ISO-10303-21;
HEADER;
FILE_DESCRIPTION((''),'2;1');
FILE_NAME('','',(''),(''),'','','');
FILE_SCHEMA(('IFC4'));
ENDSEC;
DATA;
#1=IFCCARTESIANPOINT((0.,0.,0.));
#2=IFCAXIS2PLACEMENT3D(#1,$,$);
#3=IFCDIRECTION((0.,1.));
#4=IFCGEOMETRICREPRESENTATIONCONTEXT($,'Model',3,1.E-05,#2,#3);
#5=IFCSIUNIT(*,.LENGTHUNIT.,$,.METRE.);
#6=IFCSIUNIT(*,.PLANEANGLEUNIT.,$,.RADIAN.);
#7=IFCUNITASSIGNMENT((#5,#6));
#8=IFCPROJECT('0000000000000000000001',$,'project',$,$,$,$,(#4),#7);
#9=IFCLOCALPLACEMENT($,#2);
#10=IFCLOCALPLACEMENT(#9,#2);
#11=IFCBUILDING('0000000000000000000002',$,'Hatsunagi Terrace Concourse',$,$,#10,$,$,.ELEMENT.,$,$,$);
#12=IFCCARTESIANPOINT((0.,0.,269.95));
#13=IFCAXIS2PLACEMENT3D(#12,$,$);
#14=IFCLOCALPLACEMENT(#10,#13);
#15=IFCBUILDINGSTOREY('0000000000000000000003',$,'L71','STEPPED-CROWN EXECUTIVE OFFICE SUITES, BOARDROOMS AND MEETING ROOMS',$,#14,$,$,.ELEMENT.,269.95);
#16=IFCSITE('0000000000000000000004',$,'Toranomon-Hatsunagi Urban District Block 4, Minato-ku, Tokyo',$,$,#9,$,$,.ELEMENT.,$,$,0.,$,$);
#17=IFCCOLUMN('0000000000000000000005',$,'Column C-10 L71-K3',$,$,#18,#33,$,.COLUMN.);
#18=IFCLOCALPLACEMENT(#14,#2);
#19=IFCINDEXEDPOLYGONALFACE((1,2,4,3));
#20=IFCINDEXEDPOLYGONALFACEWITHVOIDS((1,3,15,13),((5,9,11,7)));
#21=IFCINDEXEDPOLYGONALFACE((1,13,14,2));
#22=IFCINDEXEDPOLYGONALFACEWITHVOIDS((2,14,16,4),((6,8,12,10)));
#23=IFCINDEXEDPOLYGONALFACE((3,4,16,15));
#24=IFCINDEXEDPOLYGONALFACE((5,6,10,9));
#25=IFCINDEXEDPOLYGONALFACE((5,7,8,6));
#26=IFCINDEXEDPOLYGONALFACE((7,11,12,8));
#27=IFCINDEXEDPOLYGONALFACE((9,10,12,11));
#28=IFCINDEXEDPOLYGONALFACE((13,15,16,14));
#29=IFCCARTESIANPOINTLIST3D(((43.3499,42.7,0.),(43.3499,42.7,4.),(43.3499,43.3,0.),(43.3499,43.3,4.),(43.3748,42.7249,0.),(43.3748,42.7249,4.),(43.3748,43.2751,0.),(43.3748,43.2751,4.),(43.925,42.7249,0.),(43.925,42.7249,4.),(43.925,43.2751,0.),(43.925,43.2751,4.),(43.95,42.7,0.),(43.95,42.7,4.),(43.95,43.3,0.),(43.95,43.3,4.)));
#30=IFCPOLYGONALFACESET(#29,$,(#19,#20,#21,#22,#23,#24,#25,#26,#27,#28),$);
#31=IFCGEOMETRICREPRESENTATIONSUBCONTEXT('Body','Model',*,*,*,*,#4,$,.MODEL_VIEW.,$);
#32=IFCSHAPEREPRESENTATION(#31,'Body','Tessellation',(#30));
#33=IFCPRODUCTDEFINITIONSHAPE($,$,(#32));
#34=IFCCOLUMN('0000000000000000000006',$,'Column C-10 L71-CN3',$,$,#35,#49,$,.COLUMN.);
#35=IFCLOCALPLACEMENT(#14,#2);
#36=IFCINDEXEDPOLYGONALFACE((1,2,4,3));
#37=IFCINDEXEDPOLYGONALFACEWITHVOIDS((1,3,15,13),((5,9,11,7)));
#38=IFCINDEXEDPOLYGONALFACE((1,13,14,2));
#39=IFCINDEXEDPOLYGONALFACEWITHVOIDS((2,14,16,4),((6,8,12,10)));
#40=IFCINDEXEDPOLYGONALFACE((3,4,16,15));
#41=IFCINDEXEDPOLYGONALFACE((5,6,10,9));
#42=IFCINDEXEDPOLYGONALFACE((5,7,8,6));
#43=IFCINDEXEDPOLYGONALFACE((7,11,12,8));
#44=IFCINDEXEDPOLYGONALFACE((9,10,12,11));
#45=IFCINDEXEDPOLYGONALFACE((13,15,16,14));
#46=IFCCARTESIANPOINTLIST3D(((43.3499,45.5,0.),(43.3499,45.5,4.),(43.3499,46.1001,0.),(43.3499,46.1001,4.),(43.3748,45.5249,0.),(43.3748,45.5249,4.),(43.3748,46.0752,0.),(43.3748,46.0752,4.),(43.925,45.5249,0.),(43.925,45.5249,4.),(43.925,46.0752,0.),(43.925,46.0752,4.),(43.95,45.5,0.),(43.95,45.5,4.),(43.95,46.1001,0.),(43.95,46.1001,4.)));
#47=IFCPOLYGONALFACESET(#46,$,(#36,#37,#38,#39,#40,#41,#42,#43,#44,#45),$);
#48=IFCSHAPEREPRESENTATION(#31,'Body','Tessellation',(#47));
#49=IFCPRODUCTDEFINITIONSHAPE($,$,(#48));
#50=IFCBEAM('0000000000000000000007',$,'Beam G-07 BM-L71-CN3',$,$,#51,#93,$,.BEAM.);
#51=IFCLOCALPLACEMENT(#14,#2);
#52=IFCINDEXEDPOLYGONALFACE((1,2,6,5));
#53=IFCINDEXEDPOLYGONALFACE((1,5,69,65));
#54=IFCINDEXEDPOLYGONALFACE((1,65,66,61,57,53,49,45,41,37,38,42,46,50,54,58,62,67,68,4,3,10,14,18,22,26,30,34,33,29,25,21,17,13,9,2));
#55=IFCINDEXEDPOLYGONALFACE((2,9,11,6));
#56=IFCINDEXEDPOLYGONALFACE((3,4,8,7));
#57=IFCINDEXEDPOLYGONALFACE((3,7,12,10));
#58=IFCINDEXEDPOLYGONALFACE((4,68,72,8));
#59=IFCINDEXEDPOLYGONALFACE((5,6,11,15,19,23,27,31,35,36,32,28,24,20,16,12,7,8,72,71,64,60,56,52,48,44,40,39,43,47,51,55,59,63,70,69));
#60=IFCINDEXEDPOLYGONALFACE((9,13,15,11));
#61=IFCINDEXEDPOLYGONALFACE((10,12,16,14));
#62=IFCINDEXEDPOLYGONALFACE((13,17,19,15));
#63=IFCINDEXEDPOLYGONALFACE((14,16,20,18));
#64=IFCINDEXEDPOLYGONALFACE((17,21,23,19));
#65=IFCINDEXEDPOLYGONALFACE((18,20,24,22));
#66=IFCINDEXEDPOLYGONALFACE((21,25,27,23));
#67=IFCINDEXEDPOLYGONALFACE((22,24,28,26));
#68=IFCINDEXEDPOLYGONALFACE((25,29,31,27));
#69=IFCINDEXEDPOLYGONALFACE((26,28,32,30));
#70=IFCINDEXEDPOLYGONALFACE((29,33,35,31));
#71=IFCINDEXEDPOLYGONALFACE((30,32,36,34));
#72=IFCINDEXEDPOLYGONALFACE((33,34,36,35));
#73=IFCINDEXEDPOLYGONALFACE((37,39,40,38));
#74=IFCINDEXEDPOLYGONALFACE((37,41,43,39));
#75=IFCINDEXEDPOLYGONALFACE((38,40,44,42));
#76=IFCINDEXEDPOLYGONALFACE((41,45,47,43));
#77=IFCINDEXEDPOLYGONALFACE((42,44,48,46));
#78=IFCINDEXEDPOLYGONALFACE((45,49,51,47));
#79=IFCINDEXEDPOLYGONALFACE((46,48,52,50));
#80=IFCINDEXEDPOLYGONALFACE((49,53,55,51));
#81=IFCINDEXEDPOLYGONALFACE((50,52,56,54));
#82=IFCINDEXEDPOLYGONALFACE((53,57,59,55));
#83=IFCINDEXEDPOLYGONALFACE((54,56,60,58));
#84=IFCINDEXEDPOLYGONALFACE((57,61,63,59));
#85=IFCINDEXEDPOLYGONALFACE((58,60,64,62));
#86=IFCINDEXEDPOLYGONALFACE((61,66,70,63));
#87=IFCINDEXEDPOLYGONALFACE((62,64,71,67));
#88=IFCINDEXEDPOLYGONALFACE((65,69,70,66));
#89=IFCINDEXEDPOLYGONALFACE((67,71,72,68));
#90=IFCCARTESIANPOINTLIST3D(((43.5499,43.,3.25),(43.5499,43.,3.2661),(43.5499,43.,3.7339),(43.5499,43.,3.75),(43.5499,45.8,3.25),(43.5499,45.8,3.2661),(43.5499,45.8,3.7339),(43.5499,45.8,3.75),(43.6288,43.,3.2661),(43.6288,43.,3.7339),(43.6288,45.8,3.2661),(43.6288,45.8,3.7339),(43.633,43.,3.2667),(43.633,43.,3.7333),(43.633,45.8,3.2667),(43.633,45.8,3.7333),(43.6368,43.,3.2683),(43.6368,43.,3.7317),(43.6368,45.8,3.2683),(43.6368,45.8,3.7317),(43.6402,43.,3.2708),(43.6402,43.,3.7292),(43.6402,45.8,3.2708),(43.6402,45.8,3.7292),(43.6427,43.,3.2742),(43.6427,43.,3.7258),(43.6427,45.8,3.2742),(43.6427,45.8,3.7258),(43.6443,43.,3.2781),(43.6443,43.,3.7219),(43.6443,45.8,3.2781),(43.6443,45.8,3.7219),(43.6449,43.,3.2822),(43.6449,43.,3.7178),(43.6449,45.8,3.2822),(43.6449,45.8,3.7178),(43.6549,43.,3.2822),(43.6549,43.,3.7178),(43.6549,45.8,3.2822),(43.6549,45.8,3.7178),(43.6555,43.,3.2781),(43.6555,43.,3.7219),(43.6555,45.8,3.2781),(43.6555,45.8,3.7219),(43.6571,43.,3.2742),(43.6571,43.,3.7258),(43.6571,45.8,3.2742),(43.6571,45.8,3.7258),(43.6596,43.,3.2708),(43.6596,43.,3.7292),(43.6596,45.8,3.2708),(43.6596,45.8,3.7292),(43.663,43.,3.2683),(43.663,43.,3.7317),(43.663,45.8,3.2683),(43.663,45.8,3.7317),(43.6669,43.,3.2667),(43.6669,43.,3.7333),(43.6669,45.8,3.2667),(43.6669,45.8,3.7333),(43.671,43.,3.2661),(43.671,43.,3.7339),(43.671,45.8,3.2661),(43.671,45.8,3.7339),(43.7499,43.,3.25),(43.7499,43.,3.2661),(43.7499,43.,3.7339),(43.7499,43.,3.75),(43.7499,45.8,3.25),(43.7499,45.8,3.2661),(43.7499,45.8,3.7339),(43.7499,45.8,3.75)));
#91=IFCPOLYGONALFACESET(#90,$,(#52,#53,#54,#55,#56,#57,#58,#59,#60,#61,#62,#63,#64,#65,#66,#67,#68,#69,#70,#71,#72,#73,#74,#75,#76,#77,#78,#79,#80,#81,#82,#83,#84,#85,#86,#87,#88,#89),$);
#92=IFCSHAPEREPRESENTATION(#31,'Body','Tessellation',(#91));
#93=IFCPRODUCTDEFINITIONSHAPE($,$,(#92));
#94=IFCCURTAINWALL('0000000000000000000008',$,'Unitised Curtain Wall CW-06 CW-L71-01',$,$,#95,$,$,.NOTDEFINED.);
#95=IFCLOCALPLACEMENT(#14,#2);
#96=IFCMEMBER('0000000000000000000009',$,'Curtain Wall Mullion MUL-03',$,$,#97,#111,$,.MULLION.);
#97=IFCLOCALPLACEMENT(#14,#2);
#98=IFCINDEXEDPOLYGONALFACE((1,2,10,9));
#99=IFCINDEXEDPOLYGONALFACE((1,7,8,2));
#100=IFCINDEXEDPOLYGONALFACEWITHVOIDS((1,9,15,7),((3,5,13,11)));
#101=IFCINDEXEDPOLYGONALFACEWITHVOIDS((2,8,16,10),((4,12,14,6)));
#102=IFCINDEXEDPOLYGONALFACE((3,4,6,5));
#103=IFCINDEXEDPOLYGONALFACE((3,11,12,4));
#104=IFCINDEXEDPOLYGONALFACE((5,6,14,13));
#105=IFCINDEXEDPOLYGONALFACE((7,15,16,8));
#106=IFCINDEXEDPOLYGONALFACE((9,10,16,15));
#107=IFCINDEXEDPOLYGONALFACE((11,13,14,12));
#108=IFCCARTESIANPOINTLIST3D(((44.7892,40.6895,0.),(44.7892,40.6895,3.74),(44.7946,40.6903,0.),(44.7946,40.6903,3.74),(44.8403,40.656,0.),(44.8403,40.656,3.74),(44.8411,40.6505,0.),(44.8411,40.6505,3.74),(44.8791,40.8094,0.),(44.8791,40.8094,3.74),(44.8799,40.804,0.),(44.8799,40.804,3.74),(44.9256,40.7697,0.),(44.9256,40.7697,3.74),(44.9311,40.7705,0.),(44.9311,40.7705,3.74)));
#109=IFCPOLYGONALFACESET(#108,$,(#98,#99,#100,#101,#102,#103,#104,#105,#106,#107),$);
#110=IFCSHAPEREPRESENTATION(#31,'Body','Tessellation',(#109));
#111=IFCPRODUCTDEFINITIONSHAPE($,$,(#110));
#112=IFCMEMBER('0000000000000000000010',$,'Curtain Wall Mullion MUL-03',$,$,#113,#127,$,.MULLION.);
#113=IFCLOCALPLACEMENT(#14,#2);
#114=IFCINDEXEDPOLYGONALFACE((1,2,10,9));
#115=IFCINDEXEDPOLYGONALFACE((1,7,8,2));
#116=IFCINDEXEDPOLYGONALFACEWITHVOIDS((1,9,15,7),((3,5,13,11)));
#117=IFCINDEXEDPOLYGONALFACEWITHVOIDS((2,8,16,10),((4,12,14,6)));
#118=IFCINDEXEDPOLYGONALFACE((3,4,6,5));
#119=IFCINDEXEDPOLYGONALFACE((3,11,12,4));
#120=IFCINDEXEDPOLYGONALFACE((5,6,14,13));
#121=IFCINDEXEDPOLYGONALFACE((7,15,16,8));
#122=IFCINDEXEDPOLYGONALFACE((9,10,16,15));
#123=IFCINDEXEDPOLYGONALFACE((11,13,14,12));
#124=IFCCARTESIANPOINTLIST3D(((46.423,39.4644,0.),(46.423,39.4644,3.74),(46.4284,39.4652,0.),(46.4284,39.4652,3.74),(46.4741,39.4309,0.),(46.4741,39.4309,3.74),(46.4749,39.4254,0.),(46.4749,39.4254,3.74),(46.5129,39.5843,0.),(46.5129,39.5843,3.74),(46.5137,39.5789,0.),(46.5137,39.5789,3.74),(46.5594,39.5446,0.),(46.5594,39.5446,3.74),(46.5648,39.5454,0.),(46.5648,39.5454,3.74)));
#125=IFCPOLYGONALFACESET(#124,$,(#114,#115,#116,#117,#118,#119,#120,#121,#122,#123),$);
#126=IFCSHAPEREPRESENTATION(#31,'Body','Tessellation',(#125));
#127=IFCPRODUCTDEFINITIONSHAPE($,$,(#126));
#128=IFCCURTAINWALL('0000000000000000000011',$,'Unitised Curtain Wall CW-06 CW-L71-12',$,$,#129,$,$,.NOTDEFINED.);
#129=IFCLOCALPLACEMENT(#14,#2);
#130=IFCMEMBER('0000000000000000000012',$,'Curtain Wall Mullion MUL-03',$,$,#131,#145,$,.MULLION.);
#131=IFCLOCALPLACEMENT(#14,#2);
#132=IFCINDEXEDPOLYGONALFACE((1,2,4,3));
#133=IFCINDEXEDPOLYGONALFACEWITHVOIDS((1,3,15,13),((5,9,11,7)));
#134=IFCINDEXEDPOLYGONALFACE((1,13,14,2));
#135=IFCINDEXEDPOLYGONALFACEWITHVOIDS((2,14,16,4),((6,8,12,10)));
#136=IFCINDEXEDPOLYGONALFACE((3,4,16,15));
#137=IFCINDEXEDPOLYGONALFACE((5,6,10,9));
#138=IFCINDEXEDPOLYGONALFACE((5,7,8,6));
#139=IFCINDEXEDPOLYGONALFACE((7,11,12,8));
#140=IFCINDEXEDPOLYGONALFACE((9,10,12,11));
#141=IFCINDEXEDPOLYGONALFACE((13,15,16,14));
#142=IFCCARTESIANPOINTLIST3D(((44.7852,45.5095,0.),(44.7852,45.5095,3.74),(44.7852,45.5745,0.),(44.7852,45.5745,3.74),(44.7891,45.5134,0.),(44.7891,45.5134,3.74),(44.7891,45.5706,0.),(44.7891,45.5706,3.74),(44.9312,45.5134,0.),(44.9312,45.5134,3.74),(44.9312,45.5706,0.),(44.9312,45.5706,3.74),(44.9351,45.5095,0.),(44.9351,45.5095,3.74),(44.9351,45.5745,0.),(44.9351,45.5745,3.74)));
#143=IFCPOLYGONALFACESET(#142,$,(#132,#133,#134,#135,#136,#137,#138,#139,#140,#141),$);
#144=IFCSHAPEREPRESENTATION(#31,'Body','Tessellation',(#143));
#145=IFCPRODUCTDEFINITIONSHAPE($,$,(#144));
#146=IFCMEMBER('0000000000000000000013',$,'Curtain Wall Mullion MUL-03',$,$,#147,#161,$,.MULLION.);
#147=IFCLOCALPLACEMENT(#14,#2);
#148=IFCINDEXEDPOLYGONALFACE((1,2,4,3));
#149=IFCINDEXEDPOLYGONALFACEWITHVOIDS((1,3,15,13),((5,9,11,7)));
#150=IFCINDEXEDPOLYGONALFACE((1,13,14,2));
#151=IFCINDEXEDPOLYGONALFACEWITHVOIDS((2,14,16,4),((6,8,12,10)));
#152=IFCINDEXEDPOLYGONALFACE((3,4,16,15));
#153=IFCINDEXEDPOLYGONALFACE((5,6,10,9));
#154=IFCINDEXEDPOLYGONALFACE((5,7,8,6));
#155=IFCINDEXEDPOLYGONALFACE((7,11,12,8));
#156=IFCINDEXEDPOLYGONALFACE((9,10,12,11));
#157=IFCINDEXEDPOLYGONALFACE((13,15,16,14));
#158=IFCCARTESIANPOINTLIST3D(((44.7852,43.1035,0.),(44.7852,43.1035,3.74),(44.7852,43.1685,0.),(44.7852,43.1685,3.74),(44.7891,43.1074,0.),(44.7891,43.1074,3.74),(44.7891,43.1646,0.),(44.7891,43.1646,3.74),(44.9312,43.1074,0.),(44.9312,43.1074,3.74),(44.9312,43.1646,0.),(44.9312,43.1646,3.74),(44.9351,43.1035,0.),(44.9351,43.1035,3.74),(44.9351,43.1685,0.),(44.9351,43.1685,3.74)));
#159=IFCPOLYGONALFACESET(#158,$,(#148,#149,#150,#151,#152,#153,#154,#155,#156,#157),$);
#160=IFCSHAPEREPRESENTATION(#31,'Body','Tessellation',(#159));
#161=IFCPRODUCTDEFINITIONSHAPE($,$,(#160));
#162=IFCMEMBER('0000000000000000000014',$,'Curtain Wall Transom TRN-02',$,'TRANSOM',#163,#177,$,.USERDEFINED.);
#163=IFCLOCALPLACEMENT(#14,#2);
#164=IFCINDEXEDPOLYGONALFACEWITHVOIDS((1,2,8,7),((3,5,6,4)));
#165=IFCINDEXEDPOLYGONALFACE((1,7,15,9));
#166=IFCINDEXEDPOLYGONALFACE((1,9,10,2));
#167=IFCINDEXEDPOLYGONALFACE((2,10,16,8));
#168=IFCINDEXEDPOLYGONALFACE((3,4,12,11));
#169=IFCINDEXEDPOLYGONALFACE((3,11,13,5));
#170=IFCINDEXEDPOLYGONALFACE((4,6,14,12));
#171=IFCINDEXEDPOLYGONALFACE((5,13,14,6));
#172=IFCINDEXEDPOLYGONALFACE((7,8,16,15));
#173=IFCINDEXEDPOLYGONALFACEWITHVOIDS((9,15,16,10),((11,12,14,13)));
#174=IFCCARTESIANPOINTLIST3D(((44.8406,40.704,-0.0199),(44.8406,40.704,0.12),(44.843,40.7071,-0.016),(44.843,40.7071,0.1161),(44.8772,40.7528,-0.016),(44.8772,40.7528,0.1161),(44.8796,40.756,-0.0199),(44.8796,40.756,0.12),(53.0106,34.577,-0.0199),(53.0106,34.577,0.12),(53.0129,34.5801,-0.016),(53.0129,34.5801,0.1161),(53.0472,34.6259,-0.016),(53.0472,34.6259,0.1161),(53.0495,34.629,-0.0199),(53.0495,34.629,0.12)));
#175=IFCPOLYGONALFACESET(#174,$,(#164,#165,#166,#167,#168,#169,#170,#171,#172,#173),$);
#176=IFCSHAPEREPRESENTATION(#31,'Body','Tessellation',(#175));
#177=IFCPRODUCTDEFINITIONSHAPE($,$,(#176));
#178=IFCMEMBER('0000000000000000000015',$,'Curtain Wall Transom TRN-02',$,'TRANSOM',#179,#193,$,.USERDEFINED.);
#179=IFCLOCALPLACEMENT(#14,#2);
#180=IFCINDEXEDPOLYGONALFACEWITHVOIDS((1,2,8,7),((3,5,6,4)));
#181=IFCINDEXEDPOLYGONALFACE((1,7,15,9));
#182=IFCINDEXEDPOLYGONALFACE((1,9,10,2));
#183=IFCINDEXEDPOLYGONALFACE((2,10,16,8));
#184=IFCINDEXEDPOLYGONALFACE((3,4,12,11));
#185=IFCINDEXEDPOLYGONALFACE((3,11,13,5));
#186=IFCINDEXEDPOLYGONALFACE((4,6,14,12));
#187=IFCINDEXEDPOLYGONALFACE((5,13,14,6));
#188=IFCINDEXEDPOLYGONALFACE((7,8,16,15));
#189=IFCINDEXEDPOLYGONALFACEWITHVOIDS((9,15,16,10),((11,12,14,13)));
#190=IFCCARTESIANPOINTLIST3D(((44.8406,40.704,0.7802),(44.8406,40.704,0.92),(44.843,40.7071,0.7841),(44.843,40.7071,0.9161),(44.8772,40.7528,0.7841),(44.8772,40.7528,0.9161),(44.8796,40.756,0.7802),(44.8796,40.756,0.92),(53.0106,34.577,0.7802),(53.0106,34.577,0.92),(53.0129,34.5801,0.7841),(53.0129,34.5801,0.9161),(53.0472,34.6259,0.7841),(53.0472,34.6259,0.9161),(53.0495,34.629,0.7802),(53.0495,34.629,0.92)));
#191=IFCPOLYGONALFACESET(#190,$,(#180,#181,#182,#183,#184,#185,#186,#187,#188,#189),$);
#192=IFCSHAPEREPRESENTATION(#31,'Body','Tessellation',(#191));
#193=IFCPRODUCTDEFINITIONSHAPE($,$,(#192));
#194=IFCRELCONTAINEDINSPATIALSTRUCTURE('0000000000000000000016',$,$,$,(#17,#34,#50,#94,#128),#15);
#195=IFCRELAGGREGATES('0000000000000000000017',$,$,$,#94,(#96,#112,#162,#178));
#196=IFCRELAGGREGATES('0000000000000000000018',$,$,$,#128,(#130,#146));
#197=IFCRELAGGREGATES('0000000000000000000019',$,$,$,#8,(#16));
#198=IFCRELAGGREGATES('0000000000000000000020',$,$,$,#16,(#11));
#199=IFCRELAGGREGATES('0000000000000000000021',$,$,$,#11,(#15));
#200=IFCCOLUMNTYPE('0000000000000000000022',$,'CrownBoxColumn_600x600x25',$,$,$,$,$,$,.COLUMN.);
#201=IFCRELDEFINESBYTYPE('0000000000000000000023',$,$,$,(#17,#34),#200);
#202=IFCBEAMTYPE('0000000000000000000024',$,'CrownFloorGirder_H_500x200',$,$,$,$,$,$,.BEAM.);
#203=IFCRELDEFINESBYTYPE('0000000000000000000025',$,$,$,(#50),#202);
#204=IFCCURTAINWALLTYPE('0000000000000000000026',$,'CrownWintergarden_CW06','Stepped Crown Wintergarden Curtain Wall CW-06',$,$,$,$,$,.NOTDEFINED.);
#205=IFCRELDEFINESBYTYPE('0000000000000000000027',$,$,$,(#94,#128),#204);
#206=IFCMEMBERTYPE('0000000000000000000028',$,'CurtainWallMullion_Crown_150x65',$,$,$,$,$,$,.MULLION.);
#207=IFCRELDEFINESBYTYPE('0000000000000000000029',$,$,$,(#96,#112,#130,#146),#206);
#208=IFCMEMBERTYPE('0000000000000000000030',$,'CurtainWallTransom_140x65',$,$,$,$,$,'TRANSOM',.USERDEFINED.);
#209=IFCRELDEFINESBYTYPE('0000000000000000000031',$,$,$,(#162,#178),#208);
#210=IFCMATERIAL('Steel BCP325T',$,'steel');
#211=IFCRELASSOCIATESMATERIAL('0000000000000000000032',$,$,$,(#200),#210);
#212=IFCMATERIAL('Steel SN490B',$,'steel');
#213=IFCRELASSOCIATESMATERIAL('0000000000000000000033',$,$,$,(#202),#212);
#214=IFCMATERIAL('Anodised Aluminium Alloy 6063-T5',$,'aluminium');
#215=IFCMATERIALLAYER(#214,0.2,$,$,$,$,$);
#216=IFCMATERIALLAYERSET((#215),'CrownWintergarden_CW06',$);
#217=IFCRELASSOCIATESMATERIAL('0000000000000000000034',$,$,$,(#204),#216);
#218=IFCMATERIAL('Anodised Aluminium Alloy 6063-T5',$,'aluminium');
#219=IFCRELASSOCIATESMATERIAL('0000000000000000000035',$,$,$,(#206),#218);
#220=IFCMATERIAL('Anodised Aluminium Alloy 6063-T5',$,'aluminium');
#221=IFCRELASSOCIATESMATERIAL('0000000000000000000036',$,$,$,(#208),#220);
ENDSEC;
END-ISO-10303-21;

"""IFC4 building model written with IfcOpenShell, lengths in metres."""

from ifc_helpers import new_model, si_unit, direction, frame, origin, origin_2d, place, context, subcontext, project, spatial, hollow_rectangle, i_section, extrude, material, layer, layer_set, material_profile, profile_set, type_object, element, aggregate, save


model = new_model("IFC4")

# Units and contexts
model_context = context("Model", 3, precision=1e-05, world=origin(), true_north=direction((0.0, 1.0)))
body_context = subcontext(model_context, "Body", "Model", "MODEL_VIEW")
ifc_project = project(units=[si_unit("LENGTHUNIT", "METRE"), si_unit("PLANEANGLEUNIT", "RADIAN")], contexts=[model_context])

# Site, building, storey
site_placement = place(None, origin())
site = spatial("IfcSite", under=ifc_project, at=site_placement, Name="Toranomon-Hatsunagi Urban District Block 4, Minato-ku, Tokyo", CompositionType="ELEMENT", RefElevation=0.0)
building_placement = place(site_placement, origin())
building = spatial("IfcBuilding", under=site, at=building_placement, Name="Hatsunagi Terrace Concourse", CompositionType="ELEMENT")
storey_placement = place(building_placement, frame((0.0, 0.0, 269.95)))
storey = spatial("IfcBuildingStorey", under=building, at=storey_placement, Name="L71", Description="STEPPED-CROWN EXECUTIVE OFFICE SUITES, BOARDROOMS AND MEETING ROOMS", CompositionType="ELEMENT", Elevation=269.95)

# Columns
ifc_material_1 = material(Name="Steel BCP325T", Category="steel")
ifc_material_profile_1 = material_profile(ifc_material_1, hollow_rectangle(XDim=0.6001, YDim=0.6001, WallThickness=0.0249, at=origin_2d()), Name="BCP-600x600x25")
ifc_profile_set_1 = profile_set([ifc_material_profile_1], Name="Steel BCP325T")
column_type = type_object("IfcColumnType", Name="CrownBoxColumn_600x600x25", PredefinedType="COLUMN", material=ifc_profile_set_1)
for number, where, z_axis, x_axis, name in (
    (1, (43.6499, 43.0, 0.0), (0.0, 0.0, 1.0), (1.0, 0.0, 0.0), "Column C-10 L71-K3"),
    (2, (43.6499, 45.8, 0.0), (0.0, 0.0, 1.0), (1.0, 0.0, 0.0), "Column C-10 L71-CN3"),
):
    element("IfcColumn", number, at=place(storey_placement, frame(where, z_axis=z_axis, x_axis=x_axis)), inside=storey, type_object=column_type, Name=name, PredefinedType="COLUMN", context=body_context, shape_type="SweptSolid", body=[
        extrude(hollow_rectangle(XDim=0.6001, YDim=0.6001, WallThickness=0.0249, at=origin_2d()), origin(), (0.0, 0.0, 1.0), 4.0),
    ])

# Beam
ifc_material_2 = material(Name="Steel SN490B", Category="steel")
ifc_material_profile_2 = material_profile(ifc_material_2, i_section(OverallWidth=0.2, OverallDepth=0.5, WebThickness=0.01, FlangeThickness=0.0161, FilletRadius=0.0161, at=origin_2d()), Name="H-500x200x10x16")
ifc_profile_set_2 = profile_set([ifc_material_profile_2], Name="Steel SN490B")
beam_type = type_object("IfcBeamType", Name="CrownFloorGirder_H_500x200", PredefinedType="BEAM", material=ifc_profile_set_2)
beam_placement = place(storey_placement, frame((43.6499, 43.0, 3.5), z_axis=(0.0, 1.0, 0.0), x_axis=(-1.0, 0.0, 0.0)))
element("IfcBeam", 3, at=beam_placement, inside=storey, type_object=beam_type, Name="Beam G-07 BM-L71-CN3", PredefinedType="BEAM", context=body_context, shape_type="SweptSolid", body=[
    extrude(i_section(OverallWidth=0.2, OverallDepth=0.5, WebThickness=0.01, FlangeThickness=0.0161, FilletRadius=0.0161, at=origin_2d()), origin(), (0.0, 0.0, 1.0), 2.8),
])

# Curtain walls, members
ifc_material_3 = material(Name="Anodised Aluminium Alloy 6063-T5", Category="aluminium")
ifc_layer_1 = layer(ifc_material_3, 0.2)
ifc_layer_set_1 = layer_set([ifc_layer_1], Name="CrownWintergarden_CW06")
curtain_wall_type = type_object("IfcCurtainWallType", Name="CrownWintergarden_CW06", Description="Stepped Crown Wintergarden Curtain Wall CW-06", PredefinedType="NOTDEFINED", material=ifc_layer_set_1)
curtain_wall_1_placement = place(storey_placement, origin())
curtain_wall_1 = element("IfcCurtainWall", 4, at=curtain_wall_1_placement, inside=storey, type_object=curtain_wall_type, Name="Unitised Curtain Wall CW-06 CW-L71-01", PredefinedType="NOTDEFINED")
ifc_material_4 = material(Name="Anodised Aluminium Alloy 6063-T5", Category="aluminium")
ifc_material_profile_3 = material_profile(ifc_material_4, hollow_rectangle(XDim=0.0649, YDim=0.1499, WallThickness=0.0039, at=origin_2d()), Name="ALU-MUL-150x65x4")
ifc_profile_set_3 = profile_set([ifc_material_profile_3], Name="Anodised Aluminium Alloy 6063-T5")
member_type_1 = type_object("IfcMemberType", Name="CurtainWallMullion_Crown_150x65", PredefinedType="MULLION", material=ifc_profile_set_3)
member_1_placement = place(storey_placement, frame((44.8601, 40.73, 0.0), z_axis=(0.0, 0.0, 1.0), x_axis=(0.800023, -0.599969, 0.0)))
member_1 = element("IfcMember", 5, at=member_1_placement, type_object=member_type_1, Name="Curtain Wall Mullion MUL-03", PredefinedType="MULLION", context=body_context, shape_type="SweptSolid", body=[
    extrude(hollow_rectangle(XDim=0.0649, YDim=0.1499, WallThickness=0.0039, at=origin_2d()), origin(), (0.0, 0.0, 1.0), 3.74),
])
member_2_placement = place(storey_placement, frame((46.4939, 39.5049, 0.0), z_axis=(0.0, 0.0, 1.0), x_axis=(0.800023, -0.599969, 0.0)))
member_2 = element("IfcMember", 6, at=member_2_placement, type_object=member_type_1, Name="Curtain Wall Mullion MUL-03", PredefinedType="MULLION", context=body_context, shape_type="SweptSolid", body=[
    extrude(hollow_rectangle(XDim=0.0649, YDim=0.1499, WallThickness=0.0039, at=origin_2d()), origin(), (0.0, 0.0, 1.0), 3.74),
])
curtain_wall_2_placement = place(storey_placement, origin())
curtain_wall_2 = element("IfcCurtainWall", 7, at=curtain_wall_2_placement, inside=storey, type_object=curtain_wall_type, Name="Unitised Curtain Wall CW-06 CW-L71-12", PredefinedType="NOTDEFINED")
member_3_placement = place(storey_placement, frame((44.8601, 45.542, 0.0), z_axis=(0.0, 0.0, 1.0), x_axis=(0.0, -1.0, 0.0)))
member_3 = element("IfcMember", 8, at=member_3_placement, type_object=member_type_1, Name="Curtain Wall Mullion MUL-03", PredefinedType="MULLION", context=body_context, shape_type="SweptSolid", body=[
    extrude(hollow_rectangle(XDim=0.0649, YDim=0.1499, WallThickness=0.0039, at=origin_2d()), origin(), (0.0, 0.0, 1.0), 3.74),
])
member_4_placement = place(storey_placement, frame((44.8601, 43.136, 0.0), z_axis=(0.0, 0.0, 1.0), x_axis=(0.0, -1.0, 0.0)))
member_4 = element("IfcMember", 9, at=member_4_placement, type_object=member_type_1, Name="Curtain Wall Mullion MUL-03", PredefinedType="MULLION", context=body_context, shape_type="SweptSolid", body=[
    extrude(hollow_rectangle(XDim=0.0649, YDim=0.1499, WallThickness=0.0039, at=origin_2d()), origin(), (0.0, 0.0, 1.0), 3.74),
])

# Members
ifc_material_5 = material(Name="Anodised Aluminium Alloy 6063-T5", Category="aluminium")
ifc_material_profile_4 = material_profile(ifc_material_5, hollow_rectangle(XDim=0.0649, YDim=0.1399, WallThickness=0.0039, at=origin_2d()), Name="ALU-TRN-140x65x4")
ifc_profile_set_4 = profile_set([ifc_material_profile_4], Name="Anodised Aluminium Alloy 6063-T5")
member_type_2 = type_object("IfcMemberType", Name="CurtainWallTransom_140x65", ElementType="TRANSOM", PredefinedType="USERDEFINED", material=ifc_profile_set_4)
member_5_placement = place(storey_placement, frame((44.8601, 40.73, 0.05), z_axis=(0.800023, -0.599969, 0.0), x_axis=(0.599969, 0.800023, 0.0)))
member_5 = element("IfcMember", 10, at=member_5_placement, type_object=member_type_2, Name="Curtain Wall Transom TRN-02", ObjectType="TRANSOM", PredefinedType="USERDEFINED", context=body_context, shape_type="SweptSolid", body=[
    extrude(hollow_rectangle(XDim=0.0649, YDim=0.1399, WallThickness=0.0039, at=origin_2d()), origin(), (0.0, 0.0, 1.0), 10.2122),
])
member_6_placement = place(storey_placement, frame((44.8601, 40.73, 0.8501), z_axis=(0.800023, -0.599969, 0.0), x_axis=(0.599969, 0.800023, 0.0)))
member_6 = element("IfcMember", 11, at=member_6_placement, type_object=member_type_2, Name="Curtain Wall Transom TRN-02", ObjectType="TRANSOM", PredefinedType="USERDEFINED", context=body_context, shape_type="SweptSolid", body=[
    extrude(hollow_rectangle(XDim=0.0649, YDim=0.1399, WallThickness=0.0039, at=origin_2d()), origin(), (0.0, 0.0, 1.0), 10.2122),
])

aggregate(curtain_wall_1, [member_1, member_2, member_5, member_6])
aggregate(curtain_wall_2, [member_3, member_4])

save(model, "model.ifc")
